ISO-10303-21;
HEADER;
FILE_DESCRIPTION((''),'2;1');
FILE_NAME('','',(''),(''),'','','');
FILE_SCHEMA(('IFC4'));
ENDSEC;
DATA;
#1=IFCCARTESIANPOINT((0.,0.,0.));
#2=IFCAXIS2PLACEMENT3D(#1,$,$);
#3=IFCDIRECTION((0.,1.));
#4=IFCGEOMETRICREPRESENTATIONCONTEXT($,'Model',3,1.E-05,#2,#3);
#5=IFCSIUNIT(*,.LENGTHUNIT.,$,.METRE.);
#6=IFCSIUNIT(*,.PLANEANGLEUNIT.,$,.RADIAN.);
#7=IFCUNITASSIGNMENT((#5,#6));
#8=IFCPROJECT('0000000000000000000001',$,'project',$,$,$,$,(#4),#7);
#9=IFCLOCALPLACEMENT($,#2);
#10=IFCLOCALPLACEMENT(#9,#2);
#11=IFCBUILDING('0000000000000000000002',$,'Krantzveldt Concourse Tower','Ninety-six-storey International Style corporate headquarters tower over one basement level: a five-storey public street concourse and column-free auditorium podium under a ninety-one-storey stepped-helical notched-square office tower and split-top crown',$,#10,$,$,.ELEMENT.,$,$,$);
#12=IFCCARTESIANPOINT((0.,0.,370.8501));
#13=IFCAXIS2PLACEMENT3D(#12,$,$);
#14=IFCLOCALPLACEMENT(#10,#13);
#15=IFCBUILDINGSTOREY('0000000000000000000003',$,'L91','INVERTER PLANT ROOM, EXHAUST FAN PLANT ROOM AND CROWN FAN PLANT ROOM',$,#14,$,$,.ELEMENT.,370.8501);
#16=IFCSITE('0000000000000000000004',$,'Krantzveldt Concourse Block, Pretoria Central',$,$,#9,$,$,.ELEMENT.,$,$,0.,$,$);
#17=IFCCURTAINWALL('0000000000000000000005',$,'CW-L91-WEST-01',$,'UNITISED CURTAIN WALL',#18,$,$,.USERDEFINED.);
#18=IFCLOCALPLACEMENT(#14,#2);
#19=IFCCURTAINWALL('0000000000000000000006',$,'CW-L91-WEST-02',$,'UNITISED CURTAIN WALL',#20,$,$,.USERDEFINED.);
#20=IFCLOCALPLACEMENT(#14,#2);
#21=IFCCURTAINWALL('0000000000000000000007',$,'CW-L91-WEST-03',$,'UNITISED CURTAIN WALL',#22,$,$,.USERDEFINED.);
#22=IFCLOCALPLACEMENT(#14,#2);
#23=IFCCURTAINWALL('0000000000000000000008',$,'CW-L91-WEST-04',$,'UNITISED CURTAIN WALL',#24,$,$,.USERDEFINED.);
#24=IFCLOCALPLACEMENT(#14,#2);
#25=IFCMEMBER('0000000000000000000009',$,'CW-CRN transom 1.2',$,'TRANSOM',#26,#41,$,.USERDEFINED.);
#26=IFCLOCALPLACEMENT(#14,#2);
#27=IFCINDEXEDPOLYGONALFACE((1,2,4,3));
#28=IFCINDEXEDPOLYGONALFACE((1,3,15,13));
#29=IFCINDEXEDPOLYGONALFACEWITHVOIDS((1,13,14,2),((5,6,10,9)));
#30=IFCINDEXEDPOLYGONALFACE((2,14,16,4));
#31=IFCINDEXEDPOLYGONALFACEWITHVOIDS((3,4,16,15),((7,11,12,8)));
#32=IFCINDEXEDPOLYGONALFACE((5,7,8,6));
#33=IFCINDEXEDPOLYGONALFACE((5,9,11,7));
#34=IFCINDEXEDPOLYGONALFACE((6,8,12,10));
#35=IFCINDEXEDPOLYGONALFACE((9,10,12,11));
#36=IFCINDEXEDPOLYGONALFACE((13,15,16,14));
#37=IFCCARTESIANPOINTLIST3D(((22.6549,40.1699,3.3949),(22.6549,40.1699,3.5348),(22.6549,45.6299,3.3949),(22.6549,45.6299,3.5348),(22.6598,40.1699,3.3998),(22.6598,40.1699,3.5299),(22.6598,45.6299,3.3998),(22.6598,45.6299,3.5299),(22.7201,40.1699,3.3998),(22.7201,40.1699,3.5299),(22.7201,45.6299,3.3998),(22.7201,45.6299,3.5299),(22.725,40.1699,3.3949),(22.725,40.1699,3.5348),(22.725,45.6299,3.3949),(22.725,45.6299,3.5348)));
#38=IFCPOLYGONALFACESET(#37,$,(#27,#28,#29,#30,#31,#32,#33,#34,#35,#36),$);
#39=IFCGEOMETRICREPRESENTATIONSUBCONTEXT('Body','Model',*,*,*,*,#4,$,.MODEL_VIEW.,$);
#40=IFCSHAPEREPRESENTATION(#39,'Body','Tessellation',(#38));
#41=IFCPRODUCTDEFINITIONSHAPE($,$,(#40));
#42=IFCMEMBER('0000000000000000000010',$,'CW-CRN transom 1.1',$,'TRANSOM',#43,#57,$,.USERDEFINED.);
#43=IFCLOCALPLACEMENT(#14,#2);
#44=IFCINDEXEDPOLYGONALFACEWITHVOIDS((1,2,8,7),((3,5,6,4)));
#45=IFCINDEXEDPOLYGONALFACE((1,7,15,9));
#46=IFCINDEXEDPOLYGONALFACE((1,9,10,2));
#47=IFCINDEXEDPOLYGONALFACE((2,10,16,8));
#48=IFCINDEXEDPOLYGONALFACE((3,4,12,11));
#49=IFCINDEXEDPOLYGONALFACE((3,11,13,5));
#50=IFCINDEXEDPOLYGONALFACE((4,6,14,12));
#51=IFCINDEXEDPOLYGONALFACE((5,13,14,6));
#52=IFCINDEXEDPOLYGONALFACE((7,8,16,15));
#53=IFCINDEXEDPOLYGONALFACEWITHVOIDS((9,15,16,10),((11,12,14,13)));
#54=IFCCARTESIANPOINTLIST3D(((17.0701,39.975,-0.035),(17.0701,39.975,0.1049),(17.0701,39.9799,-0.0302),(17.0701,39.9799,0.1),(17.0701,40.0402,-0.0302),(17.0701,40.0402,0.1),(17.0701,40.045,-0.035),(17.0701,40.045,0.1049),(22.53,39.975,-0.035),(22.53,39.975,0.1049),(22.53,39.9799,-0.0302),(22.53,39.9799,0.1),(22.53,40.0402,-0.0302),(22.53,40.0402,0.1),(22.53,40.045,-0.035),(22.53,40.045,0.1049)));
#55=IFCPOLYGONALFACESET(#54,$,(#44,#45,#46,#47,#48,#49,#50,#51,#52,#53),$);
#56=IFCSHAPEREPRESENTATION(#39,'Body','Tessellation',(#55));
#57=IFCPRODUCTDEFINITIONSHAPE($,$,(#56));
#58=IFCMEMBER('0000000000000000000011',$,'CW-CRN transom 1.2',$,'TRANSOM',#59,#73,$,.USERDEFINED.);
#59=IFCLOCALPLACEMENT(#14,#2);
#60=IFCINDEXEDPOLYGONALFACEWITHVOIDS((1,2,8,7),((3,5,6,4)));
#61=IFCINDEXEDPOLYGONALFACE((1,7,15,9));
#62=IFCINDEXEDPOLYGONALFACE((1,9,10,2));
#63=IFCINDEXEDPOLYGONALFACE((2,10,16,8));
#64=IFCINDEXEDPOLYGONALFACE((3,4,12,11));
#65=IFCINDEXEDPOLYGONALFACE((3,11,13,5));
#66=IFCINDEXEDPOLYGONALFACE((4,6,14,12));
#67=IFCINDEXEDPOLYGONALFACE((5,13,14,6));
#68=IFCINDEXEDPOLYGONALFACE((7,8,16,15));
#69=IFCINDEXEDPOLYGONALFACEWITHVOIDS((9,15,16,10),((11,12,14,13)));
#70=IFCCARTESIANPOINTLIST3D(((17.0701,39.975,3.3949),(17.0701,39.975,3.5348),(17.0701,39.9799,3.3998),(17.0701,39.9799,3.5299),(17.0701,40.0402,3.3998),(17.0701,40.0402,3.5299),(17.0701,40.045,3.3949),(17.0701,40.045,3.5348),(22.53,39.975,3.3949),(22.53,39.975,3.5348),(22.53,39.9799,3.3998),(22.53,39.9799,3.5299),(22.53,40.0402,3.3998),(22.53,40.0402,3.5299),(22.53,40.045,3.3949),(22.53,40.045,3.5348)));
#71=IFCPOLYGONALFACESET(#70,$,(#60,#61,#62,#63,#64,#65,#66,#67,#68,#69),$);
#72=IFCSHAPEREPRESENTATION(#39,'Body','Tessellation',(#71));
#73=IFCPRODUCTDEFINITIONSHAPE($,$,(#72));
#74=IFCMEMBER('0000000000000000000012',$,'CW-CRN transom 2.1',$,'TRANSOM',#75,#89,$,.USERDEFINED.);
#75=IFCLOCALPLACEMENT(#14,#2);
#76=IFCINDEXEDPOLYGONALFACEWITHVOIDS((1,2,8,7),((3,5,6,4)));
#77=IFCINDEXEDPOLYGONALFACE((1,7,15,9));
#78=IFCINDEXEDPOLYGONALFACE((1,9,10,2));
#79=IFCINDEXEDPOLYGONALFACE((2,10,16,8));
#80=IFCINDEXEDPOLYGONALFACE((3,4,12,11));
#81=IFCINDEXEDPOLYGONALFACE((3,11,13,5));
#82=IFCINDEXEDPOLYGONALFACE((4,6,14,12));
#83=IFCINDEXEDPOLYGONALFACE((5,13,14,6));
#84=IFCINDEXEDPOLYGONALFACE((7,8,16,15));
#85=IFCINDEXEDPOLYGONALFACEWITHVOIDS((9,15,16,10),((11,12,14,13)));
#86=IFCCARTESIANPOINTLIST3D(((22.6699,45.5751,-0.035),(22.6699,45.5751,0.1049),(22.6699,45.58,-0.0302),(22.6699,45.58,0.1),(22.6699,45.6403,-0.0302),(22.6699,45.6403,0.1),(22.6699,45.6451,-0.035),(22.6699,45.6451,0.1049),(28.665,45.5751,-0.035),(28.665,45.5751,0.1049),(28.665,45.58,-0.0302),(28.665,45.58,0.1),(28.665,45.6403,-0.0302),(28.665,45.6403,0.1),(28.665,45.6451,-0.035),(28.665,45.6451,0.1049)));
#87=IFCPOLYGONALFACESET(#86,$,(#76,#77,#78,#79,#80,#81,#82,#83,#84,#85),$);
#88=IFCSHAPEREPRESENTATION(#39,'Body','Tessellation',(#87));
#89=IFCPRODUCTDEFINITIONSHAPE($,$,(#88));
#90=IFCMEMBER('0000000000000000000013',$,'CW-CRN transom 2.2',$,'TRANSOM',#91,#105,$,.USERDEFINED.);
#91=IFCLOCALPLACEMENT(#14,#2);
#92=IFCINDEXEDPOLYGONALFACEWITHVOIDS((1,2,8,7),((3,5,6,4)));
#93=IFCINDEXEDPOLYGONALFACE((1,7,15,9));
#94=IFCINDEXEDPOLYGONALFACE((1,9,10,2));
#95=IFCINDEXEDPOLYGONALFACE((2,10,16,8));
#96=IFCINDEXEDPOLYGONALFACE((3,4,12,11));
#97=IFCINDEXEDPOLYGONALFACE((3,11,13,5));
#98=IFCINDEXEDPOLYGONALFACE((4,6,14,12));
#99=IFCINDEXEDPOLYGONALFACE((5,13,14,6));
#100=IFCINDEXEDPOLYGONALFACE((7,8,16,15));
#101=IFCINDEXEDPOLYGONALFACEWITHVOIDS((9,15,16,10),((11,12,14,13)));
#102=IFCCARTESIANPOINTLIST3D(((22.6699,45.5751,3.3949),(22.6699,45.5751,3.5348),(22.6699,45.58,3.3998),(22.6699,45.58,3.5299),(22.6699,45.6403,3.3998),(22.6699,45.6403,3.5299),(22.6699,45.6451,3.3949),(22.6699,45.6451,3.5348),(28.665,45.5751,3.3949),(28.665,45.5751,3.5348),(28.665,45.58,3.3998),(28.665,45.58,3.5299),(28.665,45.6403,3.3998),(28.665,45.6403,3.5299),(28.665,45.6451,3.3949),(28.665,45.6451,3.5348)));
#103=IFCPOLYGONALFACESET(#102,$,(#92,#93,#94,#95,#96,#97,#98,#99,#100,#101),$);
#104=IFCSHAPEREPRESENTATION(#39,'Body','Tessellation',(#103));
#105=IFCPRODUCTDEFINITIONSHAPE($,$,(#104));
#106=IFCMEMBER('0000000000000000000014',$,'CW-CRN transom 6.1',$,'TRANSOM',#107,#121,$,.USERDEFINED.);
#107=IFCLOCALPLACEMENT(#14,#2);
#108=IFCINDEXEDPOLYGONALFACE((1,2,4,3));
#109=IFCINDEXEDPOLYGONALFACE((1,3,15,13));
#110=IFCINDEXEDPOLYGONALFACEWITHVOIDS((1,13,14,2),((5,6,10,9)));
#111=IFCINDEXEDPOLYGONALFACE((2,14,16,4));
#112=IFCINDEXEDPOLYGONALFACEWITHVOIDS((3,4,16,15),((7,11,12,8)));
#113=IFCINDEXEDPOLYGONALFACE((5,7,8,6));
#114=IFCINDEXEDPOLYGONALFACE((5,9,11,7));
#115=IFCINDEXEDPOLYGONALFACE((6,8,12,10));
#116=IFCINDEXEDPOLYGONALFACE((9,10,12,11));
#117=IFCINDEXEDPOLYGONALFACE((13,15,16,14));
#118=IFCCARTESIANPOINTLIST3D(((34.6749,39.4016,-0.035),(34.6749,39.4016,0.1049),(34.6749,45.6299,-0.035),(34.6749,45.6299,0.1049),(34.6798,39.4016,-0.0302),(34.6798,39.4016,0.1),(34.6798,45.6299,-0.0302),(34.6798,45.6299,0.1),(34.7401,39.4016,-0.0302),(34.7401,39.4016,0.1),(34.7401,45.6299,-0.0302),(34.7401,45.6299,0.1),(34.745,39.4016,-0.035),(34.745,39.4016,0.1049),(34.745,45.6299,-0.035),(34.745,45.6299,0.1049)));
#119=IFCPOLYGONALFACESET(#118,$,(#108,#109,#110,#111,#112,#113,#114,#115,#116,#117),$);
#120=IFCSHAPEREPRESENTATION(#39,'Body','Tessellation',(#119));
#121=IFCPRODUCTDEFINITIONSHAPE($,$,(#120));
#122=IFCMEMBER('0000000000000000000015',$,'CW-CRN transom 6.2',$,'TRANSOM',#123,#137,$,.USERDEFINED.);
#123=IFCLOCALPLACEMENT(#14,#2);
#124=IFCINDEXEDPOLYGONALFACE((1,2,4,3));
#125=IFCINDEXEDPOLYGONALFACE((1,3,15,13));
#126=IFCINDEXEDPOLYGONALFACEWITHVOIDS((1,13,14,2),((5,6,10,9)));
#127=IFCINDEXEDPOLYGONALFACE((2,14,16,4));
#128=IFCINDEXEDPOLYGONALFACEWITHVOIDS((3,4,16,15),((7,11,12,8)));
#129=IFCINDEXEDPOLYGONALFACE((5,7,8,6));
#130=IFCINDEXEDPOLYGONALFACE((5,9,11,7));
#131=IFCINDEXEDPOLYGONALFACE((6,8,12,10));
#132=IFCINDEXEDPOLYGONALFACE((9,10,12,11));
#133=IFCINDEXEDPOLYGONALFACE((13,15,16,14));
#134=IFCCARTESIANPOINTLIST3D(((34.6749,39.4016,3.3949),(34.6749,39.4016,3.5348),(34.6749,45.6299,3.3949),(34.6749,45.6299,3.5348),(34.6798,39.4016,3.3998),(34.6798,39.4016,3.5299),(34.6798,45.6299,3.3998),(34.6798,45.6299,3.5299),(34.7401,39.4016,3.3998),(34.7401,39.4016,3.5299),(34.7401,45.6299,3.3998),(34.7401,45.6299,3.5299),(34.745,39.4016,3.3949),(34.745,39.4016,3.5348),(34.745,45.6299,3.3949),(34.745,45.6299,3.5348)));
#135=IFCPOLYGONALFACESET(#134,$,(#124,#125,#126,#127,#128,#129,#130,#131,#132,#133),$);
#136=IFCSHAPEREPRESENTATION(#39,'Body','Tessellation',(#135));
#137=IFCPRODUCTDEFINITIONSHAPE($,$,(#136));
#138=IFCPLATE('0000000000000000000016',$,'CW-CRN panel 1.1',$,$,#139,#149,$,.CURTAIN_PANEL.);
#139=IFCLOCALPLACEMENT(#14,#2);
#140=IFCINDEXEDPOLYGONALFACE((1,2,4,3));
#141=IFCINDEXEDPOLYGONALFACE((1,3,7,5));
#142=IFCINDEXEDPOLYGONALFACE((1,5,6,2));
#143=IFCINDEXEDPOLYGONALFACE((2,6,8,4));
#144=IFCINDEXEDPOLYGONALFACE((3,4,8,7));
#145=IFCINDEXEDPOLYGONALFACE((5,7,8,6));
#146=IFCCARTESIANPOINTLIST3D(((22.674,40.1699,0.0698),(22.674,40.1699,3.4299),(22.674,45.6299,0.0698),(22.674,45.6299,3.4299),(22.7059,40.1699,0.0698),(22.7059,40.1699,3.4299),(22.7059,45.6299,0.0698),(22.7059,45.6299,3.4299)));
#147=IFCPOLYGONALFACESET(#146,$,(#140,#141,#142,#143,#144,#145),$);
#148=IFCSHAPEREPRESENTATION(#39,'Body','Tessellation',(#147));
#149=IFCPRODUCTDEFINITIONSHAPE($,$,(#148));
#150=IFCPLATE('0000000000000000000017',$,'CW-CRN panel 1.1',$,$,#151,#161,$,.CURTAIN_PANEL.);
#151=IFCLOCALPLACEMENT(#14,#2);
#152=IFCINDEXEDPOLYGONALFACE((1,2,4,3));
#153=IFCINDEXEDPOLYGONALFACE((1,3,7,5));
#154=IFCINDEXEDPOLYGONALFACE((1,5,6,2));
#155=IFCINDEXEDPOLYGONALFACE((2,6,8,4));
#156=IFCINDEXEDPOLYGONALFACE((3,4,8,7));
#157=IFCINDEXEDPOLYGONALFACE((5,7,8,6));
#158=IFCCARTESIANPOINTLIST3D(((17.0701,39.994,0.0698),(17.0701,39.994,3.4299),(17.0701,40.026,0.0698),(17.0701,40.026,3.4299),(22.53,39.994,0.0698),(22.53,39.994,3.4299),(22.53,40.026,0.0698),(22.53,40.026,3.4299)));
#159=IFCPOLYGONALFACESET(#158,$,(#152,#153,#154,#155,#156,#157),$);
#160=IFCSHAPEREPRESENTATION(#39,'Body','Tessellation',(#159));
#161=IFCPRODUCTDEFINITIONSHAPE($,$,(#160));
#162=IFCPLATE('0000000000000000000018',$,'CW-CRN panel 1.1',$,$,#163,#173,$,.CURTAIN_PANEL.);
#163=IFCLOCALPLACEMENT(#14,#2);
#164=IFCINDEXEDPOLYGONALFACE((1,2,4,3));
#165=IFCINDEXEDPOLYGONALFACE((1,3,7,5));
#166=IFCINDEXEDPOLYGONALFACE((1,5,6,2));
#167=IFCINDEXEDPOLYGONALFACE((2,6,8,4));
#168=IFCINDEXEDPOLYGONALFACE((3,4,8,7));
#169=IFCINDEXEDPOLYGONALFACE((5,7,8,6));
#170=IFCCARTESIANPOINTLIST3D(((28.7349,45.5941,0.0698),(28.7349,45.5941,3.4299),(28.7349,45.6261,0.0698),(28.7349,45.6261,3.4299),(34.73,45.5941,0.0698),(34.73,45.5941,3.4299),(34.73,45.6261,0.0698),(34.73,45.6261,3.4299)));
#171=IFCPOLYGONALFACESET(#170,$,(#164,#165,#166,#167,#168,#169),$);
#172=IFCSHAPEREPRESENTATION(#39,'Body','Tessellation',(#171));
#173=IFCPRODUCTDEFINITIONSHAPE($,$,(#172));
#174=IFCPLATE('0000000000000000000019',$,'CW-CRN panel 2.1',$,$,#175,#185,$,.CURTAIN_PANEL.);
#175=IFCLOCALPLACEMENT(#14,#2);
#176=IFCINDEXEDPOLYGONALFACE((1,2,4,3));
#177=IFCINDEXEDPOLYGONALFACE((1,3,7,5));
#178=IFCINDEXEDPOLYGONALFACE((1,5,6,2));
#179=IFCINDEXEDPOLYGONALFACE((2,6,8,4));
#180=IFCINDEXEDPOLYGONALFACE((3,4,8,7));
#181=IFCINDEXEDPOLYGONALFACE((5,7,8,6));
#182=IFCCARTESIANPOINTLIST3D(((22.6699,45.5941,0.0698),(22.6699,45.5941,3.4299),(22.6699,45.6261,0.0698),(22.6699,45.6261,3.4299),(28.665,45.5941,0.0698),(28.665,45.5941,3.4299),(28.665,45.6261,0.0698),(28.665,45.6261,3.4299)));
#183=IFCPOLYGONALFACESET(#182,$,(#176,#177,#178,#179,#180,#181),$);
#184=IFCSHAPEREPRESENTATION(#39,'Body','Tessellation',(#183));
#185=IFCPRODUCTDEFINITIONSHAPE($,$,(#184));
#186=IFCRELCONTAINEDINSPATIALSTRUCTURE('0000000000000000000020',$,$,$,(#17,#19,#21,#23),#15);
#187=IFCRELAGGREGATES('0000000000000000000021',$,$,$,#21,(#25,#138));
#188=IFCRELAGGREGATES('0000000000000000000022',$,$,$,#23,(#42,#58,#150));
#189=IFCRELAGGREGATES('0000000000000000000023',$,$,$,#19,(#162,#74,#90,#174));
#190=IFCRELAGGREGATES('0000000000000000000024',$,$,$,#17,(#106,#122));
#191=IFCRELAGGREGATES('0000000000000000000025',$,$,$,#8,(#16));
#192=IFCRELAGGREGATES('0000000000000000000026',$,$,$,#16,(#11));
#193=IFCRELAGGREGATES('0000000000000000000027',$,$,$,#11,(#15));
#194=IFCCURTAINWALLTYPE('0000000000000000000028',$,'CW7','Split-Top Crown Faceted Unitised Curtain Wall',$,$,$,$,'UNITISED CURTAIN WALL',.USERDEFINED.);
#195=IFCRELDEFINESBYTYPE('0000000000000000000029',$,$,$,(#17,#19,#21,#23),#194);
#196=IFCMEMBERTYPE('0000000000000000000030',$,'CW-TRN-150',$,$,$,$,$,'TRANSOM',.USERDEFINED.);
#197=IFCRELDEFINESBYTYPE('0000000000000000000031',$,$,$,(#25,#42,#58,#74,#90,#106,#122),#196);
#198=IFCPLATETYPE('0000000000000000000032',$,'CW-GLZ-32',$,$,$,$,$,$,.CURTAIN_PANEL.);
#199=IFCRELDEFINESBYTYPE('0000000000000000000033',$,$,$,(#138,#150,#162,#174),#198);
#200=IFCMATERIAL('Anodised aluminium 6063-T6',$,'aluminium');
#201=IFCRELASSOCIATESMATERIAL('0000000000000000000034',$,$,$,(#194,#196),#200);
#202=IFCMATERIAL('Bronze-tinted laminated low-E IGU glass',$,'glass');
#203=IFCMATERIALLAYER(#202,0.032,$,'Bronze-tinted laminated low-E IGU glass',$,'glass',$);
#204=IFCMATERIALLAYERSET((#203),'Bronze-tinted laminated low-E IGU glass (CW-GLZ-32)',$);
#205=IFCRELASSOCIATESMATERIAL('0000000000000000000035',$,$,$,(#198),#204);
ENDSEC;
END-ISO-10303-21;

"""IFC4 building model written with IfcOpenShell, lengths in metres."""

from ifc_helpers import new_model, si_unit, direction, frame, origin, origin_2d, place, context, subcontext, project, spatial, rectangle, hollow_rectangle, extrude, source, transform, mapped, material, layer, layer_set, material_profile, profile_set, type_object, element, aggregate, save


model = new_model("IFC4")

# Units and contexts
model_context = context("Model", 3, precision=1e-05, world=origin(), true_north=direction((0.0, 1.0)))
body_context = subcontext(model_context, "Body", "Model", "MODEL_VIEW")
ifc_project = project(units=[si_unit("LENGTHUNIT", "METRE"), si_unit("PLANEANGLEUNIT", "RADIAN")], contexts=[model_context])

# Site, building, storey
site_placement = place(None, origin())
site = spatial("IfcSite", under=ifc_project, at=site_placement, Name="Krantzveldt Concourse Block, Pretoria Central", CompositionType="ELEMENT", RefElevation=0.0)
building_placement = place(site_placement, origin())
building = spatial("IfcBuilding", under=site, at=building_placement, Name="Krantzveldt Concourse Tower", Description="Ninety-six-storey International Style corporate headquarters tower over one basement level: a five-storey public street concourse and column-free auditorium podium under a ninety-one-storey stepped-helical notched-square office tower and split-top crown", CompositionType="ELEMENT")
storey_placement = place(building_placement, frame((0.0, 0.0, 370.8501)))
storey = spatial("IfcBuildingStorey", under=building, at=storey_placement, Name="L91", Description="INVERTER PLANT ROOM, EXHAUST FAN PLANT ROOM AND CROWN FAN PLANT ROOM", CompositionType="ELEMENT", Elevation=370.8501)

# Curtain walls
ifc_material_1 = material(Name="Anodised aluminium 6063-T6", Category="aluminium")
curtain_wall_type = type_object("IfcCurtainWallType", Name="CW7", Description="Split-Top Crown Faceted Unitised Curtain Wall", ElementType="UNITISED CURTAIN WALL", PredefinedType="USERDEFINED", material=ifc_material_1)
ifc_material_profile_1 = material_profile(ifc_material_1, hollow_rectangle(XDim=0.0701, YDim=0.1399, WallThickness=0.0049, at=origin_2d()), Name="Anodised aluminium 6063-T6", Category="aluminium")
ifc_profile_set_1 = profile_set([ifc_material_profile_1], Name="Anodised aluminium 6063-T6 - ALU-TRAN 140x70x5")
member_type_1 = type_object("IfcMemberType", Name="CW-TRN-150", ElementType="TRANSOM", PredefinedType="USERDEFINED", material=ifc_profile_set_1)
curtain_wall_1_placement = place(storey_placement, origin())
curtain_wall_1 = element("IfcCurtainWall", 1, at=curtain_wall_1_placement, inside=storey, type_object=curtain_wall_type, Name="CW-L91-WEST-01", ObjectType="UNITISED CURTAIN WALL", PredefinedType="USERDEFINED")
curtain_wall_2_placement = place(storey_placement, origin())
curtain_wall_2 = element("IfcCurtainWall", 2, at=curtain_wall_2_placement, inside=storey, type_object=curtain_wall_type, Name="CW-L91-WEST-02", ObjectType="UNITISED CURTAIN WALL", PredefinedType="USERDEFINED")
curtain_wall_3_placement = place(storey_placement, origin())
curtain_wall_3 = element("IfcCurtainWall", 3, at=curtain_wall_3_placement, inside=storey, type_object=curtain_wall_type, Name="CW-L91-WEST-03", ObjectType="UNITISED CURTAIN WALL", PredefinedType="USERDEFINED")
curtain_wall_4_placement = place(storey_placement, origin())
curtain_wall_4 = element("IfcCurtainWall", 4, at=curtain_wall_4_placement, inside=storey, type_object=curtain_wall_type, Name="CW-L91-WEST-04", ObjectType="UNITISED CURTAIN WALL", PredefinedType="USERDEFINED")

# Members
shared_shape_1 = source(origin(), body_context, "Body", "SweptSolid", [
    extrude(hollow_rectangle(XDim=0.0701, YDim=0.1399, WallThickness=0.0049, at=origin_2d()), origin(), (0.0, 0.0, 1.0), 5.46),
])
member_1_placement = place(storey_placement, frame((22.6899, 45.6299, 3.4648), z_axis=(0.0, -1.0, 0.0), x_axis=(1.0, 0.0, 0.0)))
member_1 = element("IfcMember", 5, at=member_1_placement, type_object=member_type_1, Name="CW-CRN transom 1.2", ObjectType="TRANSOM", PredefinedType="USERDEFINED", context=body_context, shape_type="MappedRepresentation", body=[
    mapped(shared_shape_1, transform((0.0, 0.0, 0.0), x_axis=(1.0, 0.0, 0.0), y_axis=(0.0, 1.0, 0.0), z_axis=(0.0, 0.0, 1.0), scale=1.0)),
])
member_2_placement = place(storey_placement, frame((22.53, 40.01, 0.0349), z_axis=(-1.0, 0.0, 0.0), x_axis=(0.0, -1.0, 0.0)))
member_2 = element("IfcMember", 6, at=member_2_placement, type_object=member_type_1, Name="CW-CRN transom 1.1", ObjectType="TRANSOM", PredefinedType="USERDEFINED", context=body_context, shape_type="MappedRepresentation", body=[
    mapped(shared_shape_1, transform((0.0, 0.0, 0.0), x_axis=(1.0, 0.0, 0.0), y_axis=(0.0, 1.0, 0.0), z_axis=(0.0, 0.0, 1.0), scale=1.0)),
])
member_3_placement = place(storey_placement, frame((22.53, 40.01, 3.4648), z_axis=(-1.0, 0.0, 0.0), x_axis=(0.0, -1.0, 0.0)))
member_3 = element("IfcMember", 7, at=member_3_placement, type_object=member_type_1, Name="CW-CRN transom 1.2", ObjectType="TRANSOM", PredefinedType="USERDEFINED", context=body_context, shape_type="MappedRepresentation", body=[
    mapped(shared_shape_1, transform((0.0, 0.0, 0.0), x_axis=(1.0, 0.0, 0.0), y_axis=(0.0, 1.0, 0.0), z_axis=(0.0, 0.0, 1.0), scale=1.0)),
])
shared_shape_2 = source(origin(), body_context, "Body", "SweptSolid", [
    extrude(hollow_rectangle(XDim=0.0701, YDim=0.1399, WallThickness=0.0049, at=origin_2d()), origin(), (0.0, 0.0, 1.0), 5.9951),
])
member_4_placement = place(storey_placement, frame((28.665, 45.6101, 0.0349), z_axis=(-1.0, 0.0, 0.0), x_axis=(0.0, -1.0, 0.0)))
member_4 = element("IfcMember", 8, at=member_4_placement, type_object=member_type_1, Name="CW-CRN transom 2.1", ObjectType="TRANSOM", PredefinedType="USERDEFINED", context=body_context, shape_type="MappedRepresentation", body=[
    mapped(shared_shape_2, transform((0.0, 0.0, 0.0), x_axis=(1.0, 0.0, 0.0), y_axis=(0.0, 1.0, 0.0), z_axis=(0.0, 0.0, 1.0), scale=1.0)),
])
member_5_placement = place(storey_placement, frame((28.665, 45.6101, 3.4648), z_axis=(-1.0, 0.0, 0.0), x_axis=(0.0, -1.0, 0.0)))
member_5 = element("IfcMember", 9, at=member_5_placement, type_object=member_type_1, Name="CW-CRN transom 2.2", ObjectType="TRANSOM", PredefinedType="USERDEFINED", context=body_context, shape_type="MappedRepresentation", body=[
    mapped(shared_shape_2, transform((0.0, 0.0, 0.0), x_axis=(1.0, 0.0, 0.0), y_axis=(0.0, 1.0, 0.0), z_axis=(0.0, 0.0, 1.0), scale=1.0)),
])
shared_shape_3 = source(origin(), body_context, "Body", "SweptSolid", [
    extrude(hollow_rectangle(XDim=0.0701, YDim=0.1399, WallThickness=0.0049, at=origin_2d()), origin(), (0.0, 0.0, 1.0), 6.2283),
])
member_6_placement = place(storey_placement, frame((34.71, 39.4016, 0.0349), z_axis=(0.0, 1.0, 0.0), x_axis=(-1.0, 0.0, 0.0)))
member_6 = element("IfcMember", 10, at=member_6_placement, type_object=member_type_1, Name="CW-CRN transom 6.1", ObjectType="TRANSOM", PredefinedType="USERDEFINED", context=body_context, shape_type="MappedRepresentation", body=[
    mapped(shared_shape_3, transform((0.0, 0.0, 0.0), x_axis=(1.0, 0.0, 0.0), y_axis=(0.0, 1.0, 0.0), z_axis=(0.0, 0.0, 1.0), scale=1.0)),
])
member_7_placement = place(storey_placement, frame((34.71, 39.4016, 3.4648), z_axis=(0.0, 1.0, 0.0), x_axis=(-1.0, 0.0, 0.0)))
member_7 = element("IfcMember", 11, at=member_7_placement, type_object=member_type_1, Name="CW-CRN transom 6.2", ObjectType="TRANSOM", PredefinedType="USERDEFINED", context=body_context, shape_type="MappedRepresentation", body=[
    mapped(shared_shape_3, transform((0.0, 0.0, 0.0), x_axis=(1.0, 0.0, 0.0), y_axis=(0.0, 1.0, 0.0), z_axis=(0.0, 0.0, 1.0), scale=1.0)),
])

# Plates
ifc_material_2 = material(Name="Bronze-tinted laminated low-E IGU glass", Category="glass")
ifc_layer_1 = layer(ifc_material_2, 0.032, Name="Bronze-tinted laminated low-E IGU glass", Category="glass")
ifc_layer_set_1 = layer_set([ifc_layer_1], Name="Bronze-tinted laminated low-E IGU glass (CW-GLZ-32)")
plate_type = type_object("IfcPlateType", Name="CW-GLZ-32", PredefinedType="CURTAIN_PANEL", material=ifc_layer_set_1)
shared_shape_4 = source(origin(), body_context, "Body", "SweptSolid", [
    extrude(rectangle(XDim=5.46, YDim=0.032, at=origin_2d()), origin(), (0.0, 0.0, 1.0), 3.3601),
])
plate_1_placement = place(storey_placement, frame((22.6899, 42.8999, 0.0698), z_axis=(0.0, 0.0, 1.0), x_axis=(0.0, -1.0, 0.0)))
plate_1 = element("IfcPlate", 12, at=plate_1_placement, type_object=plate_type, Name="CW-CRN panel 1.1", PredefinedType="CURTAIN_PANEL", context=body_context, shape_type="MappedRepresentation", body=[
    mapped(shared_shape_4, transform((0.0, 0.0, 0.0), x_axis=(1.0, 0.0, 0.0), y_axis=(0.0, 1.0, 0.0), z_axis=(0.0, 0.0, 1.0), scale=1.0)),
])
aggregate(curtain_wall_3, [member_1, plate_1])
plate_2_placement = place(storey_placement, frame((19.8, 40.01, 0.0698), z_axis=(0.0, 0.0, 1.0), x_axis=(-1.0, 0.0, 0.0)))
plate_2 = element("IfcPlate", 13, at=plate_2_placement, type_object=plate_type, Name="CW-CRN panel 1.1", PredefinedType="CURTAIN_PANEL", context=body_context, shape_type="MappedRepresentation", body=[
    mapped(shared_shape_4, transform((0.0, 0.0, 0.0), x_axis=(1.0, 0.0, 0.0), y_axis=(0.0, 1.0, 0.0), z_axis=(0.0, 0.0, 1.0), scale=1.0)),
])
aggregate(curtain_wall_4, [member_2, member_3, plate_2])
shared_shape_5 = source(origin(), body_context, "Body", "SweptSolid", [
    extrude(rectangle(XDim=5.9951, YDim=0.032, at=origin_2d()), origin(), (0.0, 0.0, 1.0), 3.3601),
])
plate_3_placement = place(storey_placement, frame((31.7324, 45.6101, 0.0698), z_axis=(0.0, 0.0, 1.0), x_axis=(-1.0, 0.0, 0.0)))
plate_3 = element("IfcPlate", 14, at=plate_3_placement, type_object=plate_type, Name="CW-CRN panel 1.1", PredefinedType="CURTAIN_PANEL", context=body_context, shape_type="MappedRepresentation", body=[
    mapped(shared_shape_5, transform((0.0, 0.0, 0.0), x_axis=(1.0, 0.0, 0.0), y_axis=(0.0, 1.0, 0.0), z_axis=(0.0, 0.0, 1.0), scale=1.0)),
])
plate_4_placement = place(storey_placement, frame((25.6675, 45.6101, 0.0698), z_axis=(0.0, 0.0, 1.0), x_axis=(-1.0, 0.0, 0.0)))
plate_4 = element("IfcPlate", 15, at=plate_4_placement, type_object=plate_type, Name="CW-CRN panel 2.1", PredefinedType="CURTAIN_PANEL", context=body_context, shape_type="MappedRepresentation", body=[
    mapped(shared_shape_5, transform((0.0, 0.0, 0.0), x_axis=(1.0, 0.0, 0.0), y_axis=(0.0, 1.0, 0.0), z_axis=(0.0, 0.0, 1.0), scale=1.0)),
])
aggregate(curtain_wall_2, [plate_3, member_4, member_5, plate_4])
aggregate(curtain_wall_1, [member_6, member_7])

save(model, "model.ifc")
